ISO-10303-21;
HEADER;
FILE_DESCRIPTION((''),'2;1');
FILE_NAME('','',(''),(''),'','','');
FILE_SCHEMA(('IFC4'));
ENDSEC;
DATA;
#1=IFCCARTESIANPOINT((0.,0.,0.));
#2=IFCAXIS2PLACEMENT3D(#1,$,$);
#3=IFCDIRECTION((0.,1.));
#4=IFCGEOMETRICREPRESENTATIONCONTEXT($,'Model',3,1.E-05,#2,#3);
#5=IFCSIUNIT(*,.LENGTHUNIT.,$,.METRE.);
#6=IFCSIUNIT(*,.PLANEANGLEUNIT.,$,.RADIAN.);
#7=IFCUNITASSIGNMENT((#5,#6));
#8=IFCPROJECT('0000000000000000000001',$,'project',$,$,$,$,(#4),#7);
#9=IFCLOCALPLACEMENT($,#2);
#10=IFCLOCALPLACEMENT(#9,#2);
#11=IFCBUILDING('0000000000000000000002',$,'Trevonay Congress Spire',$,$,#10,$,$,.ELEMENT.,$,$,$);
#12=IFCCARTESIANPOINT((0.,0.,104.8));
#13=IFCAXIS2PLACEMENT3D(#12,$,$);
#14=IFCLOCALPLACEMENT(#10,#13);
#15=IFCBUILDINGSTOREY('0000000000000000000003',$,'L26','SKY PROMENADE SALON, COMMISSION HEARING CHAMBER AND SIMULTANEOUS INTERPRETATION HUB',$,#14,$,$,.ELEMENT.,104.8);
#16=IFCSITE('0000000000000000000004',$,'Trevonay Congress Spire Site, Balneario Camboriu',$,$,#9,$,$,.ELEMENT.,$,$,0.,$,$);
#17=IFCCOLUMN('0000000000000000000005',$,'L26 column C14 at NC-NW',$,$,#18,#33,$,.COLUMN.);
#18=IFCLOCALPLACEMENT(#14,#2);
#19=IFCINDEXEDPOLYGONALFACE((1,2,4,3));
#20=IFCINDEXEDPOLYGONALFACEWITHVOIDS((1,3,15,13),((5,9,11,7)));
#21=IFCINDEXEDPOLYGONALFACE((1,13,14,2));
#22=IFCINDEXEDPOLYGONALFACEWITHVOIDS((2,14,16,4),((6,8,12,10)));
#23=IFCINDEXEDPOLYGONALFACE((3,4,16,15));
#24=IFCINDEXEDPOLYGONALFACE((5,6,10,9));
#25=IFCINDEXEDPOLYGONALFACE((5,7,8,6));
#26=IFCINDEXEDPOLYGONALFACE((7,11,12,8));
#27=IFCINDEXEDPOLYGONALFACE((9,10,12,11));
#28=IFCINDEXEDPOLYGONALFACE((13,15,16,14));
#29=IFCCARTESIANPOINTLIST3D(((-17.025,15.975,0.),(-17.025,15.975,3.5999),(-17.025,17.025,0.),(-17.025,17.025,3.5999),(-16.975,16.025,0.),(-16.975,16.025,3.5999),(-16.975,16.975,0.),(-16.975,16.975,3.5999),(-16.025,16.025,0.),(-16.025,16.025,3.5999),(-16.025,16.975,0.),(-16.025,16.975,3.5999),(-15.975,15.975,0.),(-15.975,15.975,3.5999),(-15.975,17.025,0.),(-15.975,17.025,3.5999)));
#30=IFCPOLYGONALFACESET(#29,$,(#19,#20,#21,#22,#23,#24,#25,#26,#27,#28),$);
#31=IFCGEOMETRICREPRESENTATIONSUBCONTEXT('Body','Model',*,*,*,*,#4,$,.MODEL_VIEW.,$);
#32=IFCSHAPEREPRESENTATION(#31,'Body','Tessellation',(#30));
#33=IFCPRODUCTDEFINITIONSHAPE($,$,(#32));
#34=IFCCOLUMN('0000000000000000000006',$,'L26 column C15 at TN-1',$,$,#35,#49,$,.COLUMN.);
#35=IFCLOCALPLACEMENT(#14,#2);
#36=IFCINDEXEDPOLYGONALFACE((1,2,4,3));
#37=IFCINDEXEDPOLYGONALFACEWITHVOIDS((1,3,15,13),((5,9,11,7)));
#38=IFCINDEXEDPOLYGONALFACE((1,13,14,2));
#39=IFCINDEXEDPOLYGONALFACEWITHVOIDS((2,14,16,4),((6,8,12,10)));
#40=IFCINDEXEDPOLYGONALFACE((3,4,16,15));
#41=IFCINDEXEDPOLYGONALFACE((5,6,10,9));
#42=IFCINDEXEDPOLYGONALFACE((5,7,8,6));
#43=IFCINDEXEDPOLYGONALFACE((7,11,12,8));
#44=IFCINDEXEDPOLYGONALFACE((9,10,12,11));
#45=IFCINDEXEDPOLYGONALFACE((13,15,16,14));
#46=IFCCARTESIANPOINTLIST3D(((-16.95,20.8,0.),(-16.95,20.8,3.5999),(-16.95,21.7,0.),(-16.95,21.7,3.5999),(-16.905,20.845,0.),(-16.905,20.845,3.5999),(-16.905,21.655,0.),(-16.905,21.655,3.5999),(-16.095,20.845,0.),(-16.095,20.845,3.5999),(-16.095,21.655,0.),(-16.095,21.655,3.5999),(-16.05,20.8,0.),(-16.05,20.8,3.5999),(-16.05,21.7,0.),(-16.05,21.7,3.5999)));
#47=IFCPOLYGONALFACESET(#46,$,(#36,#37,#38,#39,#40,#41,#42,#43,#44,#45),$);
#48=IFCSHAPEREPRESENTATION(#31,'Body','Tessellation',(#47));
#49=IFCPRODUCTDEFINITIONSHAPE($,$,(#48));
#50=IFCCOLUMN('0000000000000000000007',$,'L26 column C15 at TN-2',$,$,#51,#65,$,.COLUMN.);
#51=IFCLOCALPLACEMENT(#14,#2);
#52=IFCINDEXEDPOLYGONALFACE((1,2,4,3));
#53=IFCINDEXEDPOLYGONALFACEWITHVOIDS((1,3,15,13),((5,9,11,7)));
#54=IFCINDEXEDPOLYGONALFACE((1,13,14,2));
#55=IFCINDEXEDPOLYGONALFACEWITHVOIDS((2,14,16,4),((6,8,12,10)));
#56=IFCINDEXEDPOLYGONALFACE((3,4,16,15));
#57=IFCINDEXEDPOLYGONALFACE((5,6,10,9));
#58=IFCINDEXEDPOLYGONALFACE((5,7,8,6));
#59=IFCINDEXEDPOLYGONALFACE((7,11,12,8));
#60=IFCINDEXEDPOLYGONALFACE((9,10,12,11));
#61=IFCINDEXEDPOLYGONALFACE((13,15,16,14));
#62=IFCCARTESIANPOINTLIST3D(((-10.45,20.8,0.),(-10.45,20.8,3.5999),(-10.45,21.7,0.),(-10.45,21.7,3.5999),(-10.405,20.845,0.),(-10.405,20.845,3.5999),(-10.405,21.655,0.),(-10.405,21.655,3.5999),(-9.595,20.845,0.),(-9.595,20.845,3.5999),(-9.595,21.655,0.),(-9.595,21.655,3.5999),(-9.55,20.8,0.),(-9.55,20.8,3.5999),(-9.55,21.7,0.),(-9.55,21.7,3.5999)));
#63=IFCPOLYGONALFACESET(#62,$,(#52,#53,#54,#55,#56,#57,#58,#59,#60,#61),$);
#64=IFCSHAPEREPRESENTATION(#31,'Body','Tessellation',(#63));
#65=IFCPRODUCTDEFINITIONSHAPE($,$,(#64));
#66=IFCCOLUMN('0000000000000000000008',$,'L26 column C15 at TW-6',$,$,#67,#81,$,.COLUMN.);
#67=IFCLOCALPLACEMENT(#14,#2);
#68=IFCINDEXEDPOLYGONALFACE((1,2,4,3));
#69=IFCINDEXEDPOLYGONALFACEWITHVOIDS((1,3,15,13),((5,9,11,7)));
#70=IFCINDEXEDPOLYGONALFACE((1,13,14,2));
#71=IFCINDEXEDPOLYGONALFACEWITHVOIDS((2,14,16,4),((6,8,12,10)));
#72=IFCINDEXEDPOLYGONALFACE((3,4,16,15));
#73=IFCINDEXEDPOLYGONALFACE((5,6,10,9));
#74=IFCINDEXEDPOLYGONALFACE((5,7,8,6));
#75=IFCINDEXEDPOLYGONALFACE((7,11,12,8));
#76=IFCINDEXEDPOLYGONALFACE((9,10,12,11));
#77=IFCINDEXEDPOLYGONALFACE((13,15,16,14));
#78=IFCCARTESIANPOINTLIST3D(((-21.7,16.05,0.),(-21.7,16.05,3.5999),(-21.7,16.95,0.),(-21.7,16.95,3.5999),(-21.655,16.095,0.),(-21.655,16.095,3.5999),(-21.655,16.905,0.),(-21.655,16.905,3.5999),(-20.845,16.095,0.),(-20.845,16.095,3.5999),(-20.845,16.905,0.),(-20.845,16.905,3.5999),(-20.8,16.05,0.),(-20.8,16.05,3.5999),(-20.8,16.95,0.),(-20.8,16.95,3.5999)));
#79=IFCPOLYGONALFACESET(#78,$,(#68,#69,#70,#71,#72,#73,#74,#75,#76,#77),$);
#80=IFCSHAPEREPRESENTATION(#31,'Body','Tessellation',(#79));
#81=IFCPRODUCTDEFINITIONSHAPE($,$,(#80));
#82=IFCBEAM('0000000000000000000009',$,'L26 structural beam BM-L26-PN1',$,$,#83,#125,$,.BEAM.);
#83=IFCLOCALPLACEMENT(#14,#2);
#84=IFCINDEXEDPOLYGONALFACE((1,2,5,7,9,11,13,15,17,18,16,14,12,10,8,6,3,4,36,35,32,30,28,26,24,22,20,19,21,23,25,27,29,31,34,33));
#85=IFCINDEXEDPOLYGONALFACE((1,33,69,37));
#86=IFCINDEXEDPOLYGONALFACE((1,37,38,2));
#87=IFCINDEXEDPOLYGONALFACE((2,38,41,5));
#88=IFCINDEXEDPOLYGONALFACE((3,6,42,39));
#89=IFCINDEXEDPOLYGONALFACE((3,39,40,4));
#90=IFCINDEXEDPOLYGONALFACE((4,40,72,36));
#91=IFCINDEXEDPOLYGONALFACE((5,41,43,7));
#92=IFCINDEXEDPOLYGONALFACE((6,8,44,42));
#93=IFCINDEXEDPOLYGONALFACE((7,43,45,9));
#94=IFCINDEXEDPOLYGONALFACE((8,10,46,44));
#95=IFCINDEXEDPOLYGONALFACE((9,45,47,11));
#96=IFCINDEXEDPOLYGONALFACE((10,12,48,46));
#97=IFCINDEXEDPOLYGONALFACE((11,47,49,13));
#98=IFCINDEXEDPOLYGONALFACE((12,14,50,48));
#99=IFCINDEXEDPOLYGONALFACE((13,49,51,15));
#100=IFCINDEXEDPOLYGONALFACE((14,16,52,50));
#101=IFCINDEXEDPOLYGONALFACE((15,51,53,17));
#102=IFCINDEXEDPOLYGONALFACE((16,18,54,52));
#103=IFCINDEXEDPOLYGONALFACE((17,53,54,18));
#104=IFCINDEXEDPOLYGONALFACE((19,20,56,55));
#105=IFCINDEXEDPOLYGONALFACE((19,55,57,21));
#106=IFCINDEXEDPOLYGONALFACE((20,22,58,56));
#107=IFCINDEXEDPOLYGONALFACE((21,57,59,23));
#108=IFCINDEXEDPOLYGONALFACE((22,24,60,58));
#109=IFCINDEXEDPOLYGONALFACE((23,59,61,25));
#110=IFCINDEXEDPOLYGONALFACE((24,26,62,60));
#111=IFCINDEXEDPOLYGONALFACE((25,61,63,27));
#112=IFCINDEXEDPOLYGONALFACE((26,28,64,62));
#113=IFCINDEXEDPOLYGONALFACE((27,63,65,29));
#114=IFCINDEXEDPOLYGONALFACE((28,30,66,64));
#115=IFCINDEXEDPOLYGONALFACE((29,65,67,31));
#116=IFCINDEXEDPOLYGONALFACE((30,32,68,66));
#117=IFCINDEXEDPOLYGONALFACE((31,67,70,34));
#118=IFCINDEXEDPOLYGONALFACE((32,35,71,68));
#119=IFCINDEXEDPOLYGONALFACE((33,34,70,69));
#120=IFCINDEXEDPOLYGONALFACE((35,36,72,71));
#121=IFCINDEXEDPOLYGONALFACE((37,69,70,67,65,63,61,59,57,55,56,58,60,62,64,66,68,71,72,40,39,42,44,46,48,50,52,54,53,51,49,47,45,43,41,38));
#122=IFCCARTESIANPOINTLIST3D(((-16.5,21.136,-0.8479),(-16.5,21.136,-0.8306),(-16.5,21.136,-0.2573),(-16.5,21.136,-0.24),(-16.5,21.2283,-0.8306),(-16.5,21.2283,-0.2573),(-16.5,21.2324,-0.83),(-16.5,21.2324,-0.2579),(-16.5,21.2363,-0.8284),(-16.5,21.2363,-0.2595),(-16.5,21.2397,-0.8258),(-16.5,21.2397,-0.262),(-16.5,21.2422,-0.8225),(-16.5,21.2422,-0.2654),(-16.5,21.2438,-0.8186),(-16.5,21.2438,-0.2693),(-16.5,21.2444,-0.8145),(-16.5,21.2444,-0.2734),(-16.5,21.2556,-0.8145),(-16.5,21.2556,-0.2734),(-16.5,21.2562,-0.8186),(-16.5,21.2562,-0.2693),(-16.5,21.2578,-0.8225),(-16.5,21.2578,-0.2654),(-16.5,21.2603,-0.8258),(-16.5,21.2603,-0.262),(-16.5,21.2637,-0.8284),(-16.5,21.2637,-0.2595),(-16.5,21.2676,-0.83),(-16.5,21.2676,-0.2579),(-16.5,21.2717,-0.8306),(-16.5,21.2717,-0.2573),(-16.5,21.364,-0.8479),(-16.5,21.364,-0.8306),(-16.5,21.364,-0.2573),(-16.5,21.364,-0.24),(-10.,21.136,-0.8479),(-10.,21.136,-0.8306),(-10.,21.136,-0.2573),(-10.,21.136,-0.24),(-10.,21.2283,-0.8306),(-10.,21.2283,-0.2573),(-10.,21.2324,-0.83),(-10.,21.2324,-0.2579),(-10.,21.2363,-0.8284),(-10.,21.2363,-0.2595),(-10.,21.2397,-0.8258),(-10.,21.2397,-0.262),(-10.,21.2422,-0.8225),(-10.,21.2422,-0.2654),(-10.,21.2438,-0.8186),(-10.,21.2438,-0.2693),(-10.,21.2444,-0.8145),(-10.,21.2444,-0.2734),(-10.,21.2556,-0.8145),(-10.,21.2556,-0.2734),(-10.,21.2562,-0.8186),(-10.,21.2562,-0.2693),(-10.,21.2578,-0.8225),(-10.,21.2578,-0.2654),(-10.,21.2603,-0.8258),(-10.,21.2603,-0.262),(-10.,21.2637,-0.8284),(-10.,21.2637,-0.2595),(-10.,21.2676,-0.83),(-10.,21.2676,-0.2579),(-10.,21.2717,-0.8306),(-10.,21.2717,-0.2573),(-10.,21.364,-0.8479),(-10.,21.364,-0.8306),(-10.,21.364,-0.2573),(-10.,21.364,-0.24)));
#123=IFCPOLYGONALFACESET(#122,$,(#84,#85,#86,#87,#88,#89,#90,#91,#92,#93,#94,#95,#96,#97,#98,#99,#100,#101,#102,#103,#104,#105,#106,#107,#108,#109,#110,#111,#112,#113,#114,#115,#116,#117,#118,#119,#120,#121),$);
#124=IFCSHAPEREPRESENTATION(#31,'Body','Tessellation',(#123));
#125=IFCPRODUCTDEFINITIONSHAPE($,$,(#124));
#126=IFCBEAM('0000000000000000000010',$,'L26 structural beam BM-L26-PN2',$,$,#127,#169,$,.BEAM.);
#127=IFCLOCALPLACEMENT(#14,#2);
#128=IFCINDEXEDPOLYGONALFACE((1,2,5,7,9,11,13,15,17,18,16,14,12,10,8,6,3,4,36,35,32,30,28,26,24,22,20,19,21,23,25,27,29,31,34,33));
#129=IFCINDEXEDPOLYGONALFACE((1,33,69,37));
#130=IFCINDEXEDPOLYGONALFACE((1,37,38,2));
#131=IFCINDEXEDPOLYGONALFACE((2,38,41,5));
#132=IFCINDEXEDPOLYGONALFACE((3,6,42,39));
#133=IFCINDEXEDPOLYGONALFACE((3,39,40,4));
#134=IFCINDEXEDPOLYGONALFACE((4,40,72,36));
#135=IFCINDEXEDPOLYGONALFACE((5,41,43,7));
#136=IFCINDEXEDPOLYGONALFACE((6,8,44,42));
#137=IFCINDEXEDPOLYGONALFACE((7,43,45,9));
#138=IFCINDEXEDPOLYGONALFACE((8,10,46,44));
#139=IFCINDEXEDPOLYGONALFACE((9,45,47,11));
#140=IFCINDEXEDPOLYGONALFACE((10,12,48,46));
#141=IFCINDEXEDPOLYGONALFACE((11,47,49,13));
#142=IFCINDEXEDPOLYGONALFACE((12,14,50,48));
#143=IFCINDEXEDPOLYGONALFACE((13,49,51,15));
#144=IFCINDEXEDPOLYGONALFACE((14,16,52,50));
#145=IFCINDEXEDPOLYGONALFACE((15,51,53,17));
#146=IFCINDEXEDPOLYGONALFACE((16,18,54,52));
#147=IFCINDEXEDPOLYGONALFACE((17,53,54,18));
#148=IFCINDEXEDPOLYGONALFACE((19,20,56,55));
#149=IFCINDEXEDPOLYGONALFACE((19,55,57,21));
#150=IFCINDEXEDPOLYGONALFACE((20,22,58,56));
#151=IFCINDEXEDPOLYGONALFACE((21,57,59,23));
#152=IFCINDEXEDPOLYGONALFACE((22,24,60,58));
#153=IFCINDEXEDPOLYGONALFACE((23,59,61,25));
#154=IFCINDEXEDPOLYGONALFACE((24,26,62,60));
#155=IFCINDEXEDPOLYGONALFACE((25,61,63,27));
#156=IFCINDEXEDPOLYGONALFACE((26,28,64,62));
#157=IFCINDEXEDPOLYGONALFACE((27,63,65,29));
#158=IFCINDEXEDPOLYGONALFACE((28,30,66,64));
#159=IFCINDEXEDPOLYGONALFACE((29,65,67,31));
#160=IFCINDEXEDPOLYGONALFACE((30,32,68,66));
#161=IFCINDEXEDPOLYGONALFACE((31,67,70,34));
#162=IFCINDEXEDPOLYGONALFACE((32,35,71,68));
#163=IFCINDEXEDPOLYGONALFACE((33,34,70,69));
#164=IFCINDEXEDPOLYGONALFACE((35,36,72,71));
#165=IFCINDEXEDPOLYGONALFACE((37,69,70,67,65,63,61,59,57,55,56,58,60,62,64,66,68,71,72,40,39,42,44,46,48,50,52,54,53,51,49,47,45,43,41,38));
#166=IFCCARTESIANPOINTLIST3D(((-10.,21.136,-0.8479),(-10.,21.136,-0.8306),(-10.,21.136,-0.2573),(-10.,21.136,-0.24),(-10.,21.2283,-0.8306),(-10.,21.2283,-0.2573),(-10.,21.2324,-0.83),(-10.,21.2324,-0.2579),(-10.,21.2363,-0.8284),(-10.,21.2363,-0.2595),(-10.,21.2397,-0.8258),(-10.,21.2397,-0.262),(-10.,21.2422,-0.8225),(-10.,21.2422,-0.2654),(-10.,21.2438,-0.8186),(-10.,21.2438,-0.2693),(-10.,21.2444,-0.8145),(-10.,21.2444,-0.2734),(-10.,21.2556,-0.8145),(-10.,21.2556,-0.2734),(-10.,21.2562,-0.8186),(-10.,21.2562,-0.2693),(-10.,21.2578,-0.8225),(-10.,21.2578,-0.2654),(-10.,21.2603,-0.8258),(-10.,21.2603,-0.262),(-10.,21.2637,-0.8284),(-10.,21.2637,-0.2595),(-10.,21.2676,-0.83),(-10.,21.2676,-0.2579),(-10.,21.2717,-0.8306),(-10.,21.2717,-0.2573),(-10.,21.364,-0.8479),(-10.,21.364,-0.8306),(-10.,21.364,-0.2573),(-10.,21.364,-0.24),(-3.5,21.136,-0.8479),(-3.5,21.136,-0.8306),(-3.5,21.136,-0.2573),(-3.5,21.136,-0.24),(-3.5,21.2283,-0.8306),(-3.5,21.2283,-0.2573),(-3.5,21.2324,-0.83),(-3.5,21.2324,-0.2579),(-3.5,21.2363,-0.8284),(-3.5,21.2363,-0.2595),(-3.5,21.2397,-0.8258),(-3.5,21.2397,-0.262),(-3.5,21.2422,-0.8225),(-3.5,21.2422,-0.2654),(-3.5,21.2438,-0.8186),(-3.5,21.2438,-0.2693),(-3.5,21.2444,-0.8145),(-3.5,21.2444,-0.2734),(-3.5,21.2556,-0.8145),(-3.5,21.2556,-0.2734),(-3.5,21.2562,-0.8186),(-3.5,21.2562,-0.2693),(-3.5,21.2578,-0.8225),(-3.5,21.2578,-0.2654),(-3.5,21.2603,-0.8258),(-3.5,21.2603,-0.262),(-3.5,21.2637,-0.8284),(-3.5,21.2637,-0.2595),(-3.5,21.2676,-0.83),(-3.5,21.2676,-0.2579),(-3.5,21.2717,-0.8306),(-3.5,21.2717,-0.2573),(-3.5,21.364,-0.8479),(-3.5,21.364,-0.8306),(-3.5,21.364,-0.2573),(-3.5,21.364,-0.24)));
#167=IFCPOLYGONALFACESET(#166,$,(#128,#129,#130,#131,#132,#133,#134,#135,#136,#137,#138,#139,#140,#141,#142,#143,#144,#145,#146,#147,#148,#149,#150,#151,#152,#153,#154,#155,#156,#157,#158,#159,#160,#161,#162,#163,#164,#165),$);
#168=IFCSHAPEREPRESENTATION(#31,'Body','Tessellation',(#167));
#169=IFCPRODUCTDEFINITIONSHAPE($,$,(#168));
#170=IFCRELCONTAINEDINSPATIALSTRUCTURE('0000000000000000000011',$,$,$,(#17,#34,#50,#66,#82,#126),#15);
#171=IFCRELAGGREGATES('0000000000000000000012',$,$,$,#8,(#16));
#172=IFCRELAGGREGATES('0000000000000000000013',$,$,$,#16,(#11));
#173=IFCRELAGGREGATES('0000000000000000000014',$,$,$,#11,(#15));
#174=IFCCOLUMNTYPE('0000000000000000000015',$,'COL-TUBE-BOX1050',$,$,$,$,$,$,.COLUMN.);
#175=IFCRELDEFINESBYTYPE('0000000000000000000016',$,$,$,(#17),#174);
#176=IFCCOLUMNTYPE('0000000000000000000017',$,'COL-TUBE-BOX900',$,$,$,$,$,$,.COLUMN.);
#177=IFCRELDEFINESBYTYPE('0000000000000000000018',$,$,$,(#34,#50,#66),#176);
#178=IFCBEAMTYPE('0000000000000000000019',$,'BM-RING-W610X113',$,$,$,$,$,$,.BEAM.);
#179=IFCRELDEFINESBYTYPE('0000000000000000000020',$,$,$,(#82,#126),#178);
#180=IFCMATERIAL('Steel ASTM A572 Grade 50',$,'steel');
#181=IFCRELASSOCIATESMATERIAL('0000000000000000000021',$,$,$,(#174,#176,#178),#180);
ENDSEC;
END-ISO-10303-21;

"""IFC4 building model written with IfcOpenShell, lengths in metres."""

from ifc_helpers import new_model, si_unit, direction, frame, origin, origin_2d, place, context, subcontext, project, spatial, hollow_rectangle, i_section, extrude, material, material_profile, profile_set, type_object, element, save


model = new_model("IFC4")

# Units and contexts
model_context = context("Model", 3, precision=1e-05, world=origin(), true_north=direction((0.0, 1.0)))
body_context = subcontext(model_context, "Body", "Model", "MODEL_VIEW")
ifc_project = project(units=[si_unit("LENGTHUNIT", "METRE"), si_unit("PLANEANGLEUNIT", "RADIAN")], contexts=[model_context])

# Site, building, storey
site_placement = place(None, origin())
site = spatial("IfcSite", under=ifc_project, at=site_placement, Name="Trevonay Congress Spire Site, Balneario Camboriu", CompositionType="ELEMENT", RefElevation=0.0)
building_placement = place(site_placement, origin())
building = spatial("IfcBuilding", under=site, at=building_placement, Name="Trevonay Congress Spire", CompositionType="ELEMENT")
storey_placement = place(building_placement, frame((0.0, 0.0, 104.8)))
storey = spatial("IfcBuildingStorey", under=building, at=storey_placement, Name="L26", Description="SKY PROMENADE SALON, COMMISSION HEARING CHAMBER AND SIMULTANEOUS INTERPRETATION HUB", CompositionType="ELEMENT", Elevation=104.8)

# Columns
ifc_material_1 = material(Name="Steel ASTM A572 Grade 50", Category="steel")
ifc_material_profile_1 = material_profile(ifc_material_1, hollow_rectangle(XDim=1.05, YDim=1.05, WallThickness=0.05, at=origin_2d()), Name="BOX 1050x1050x50")
ifc_profile_set_1 = profile_set([ifc_material_profile_1], Name="Steel ASTM A572 Grade 50")
column_type_1 = type_object("IfcColumnType", Name="COL-TUBE-BOX1050", PredefinedType="COLUMN", material=ifc_profile_set_1)
column_placement = place(storey_placement, frame((-16.5, 16.5, 0.0), z_axis=(0.0, 0.0, 1.0), x_axis=(1.0, 0.0, 0.0)))
element("IfcColumn", 1, at=column_placement, inside=storey, type_object=column_type_1, Name="L26 column C14 at NC-NW", PredefinedType="COLUMN", context=body_context, shape_type="SweptSolid", body=[
    extrude(hollow_rectangle(XDim=1.05, YDim=1.05, WallThickness=0.05, at=origin_2d()), origin(), (0.0, 0.0, 1.0), 3.5999),
])
ifc_material_profile_2 = material_profile(ifc_material_1, hollow_rectangle(XDim=0.8999, YDim=0.8999, WallThickness=0.0449, at=origin_2d()), Name="BOX 900x900x45")
ifc_profile_set_2 = profile_set([ifc_material_profile_2], Name="Steel ASTM A572 Grade 50")
column_type_2 = type_object("IfcColumnType", Name="COL-TUBE-BOX900", PredefinedType="COLUMN", material=ifc_profile_set_2)
for number, where, z_axis, x_axis, name in (
    (2, (-16.5, 21.25, 0.0), (0.0, 0.0, 1.0), (1.0, 0.0, 0.0), "L26 column C15 at TN-1"),
    (3, (-10.0, 21.25, 0.0), (0.0, 0.0, 1.0), (1.0, 0.0, 0.0), "L26 column C15 at TN-2"),
    (4, (-21.25, 16.5, 0.0), (0.0, 0.0, 1.0), (1.0, 0.0, 0.0), "L26 column C15 at TW-6"),
):
    element("IfcColumn", number, at=place(storey_placement, frame(where, z_axis=z_axis, x_axis=x_axis)), inside=storey, type_object=column_type_2, Name=name, PredefinedType="COLUMN", context=body_context, shape_type="SweptSolid", body=[
        extrude(hollow_rectangle(XDim=0.8999, YDim=0.8999, WallThickness=0.0449, at=origin_2d()), origin(), (0.0, 0.0, 1.0), 3.5999),
    ])

# Beams
ifc_material_profile_3 = material_profile(ifc_material_1, i_section(OverallWidth=0.228, OverallDepth=0.6079, WebThickness=0.0112, FlangeThickness=0.0173, FilletRadius=0.0161, at=origin_2d()), Name="W610x113")
ifc_profile_set_3 = profile_set([ifc_material_profile_3], Name="Steel ASTM A572 Grade 50")
beam_type_1 = type_object("IfcBeamType", Name="BM-RING-W610X113", PredefinedType="BEAM", material=ifc_profile_set_3)
for number, where, z_axis, x_axis, name in (
    (5, (-16.5, 21.25, -0.5439), (1.0, 0.0, 0.0), (0.0, 1.0, 0.0), "L26 structural beam BM-L26-PN1"),
    (6, (-10.0, 21.25, -0.5439), (1.0, 0.0, 0.0), (0.0, 1.0, 0.0), "L26 structural beam BM-L26-PN2"),
):
    element("IfcBeam", number, at=place(storey_placement, frame(where, z_axis=z_axis, x_axis=x_axis)), inside=storey, type_object=beam_type_1, Name=name, PredefinedType="BEAM", context=body_context, shape_type="SweptSolid", body=[
        extrude(i_section(OverallWidth=0.228, OverallDepth=0.6079, WebThickness=0.0112, FlangeThickness=0.0173, FilletRadius=0.0161, at=origin_2d()), origin(), (0.0, 0.0, 1.0), 6.5),
    ])

save(model, "model.ifc")
